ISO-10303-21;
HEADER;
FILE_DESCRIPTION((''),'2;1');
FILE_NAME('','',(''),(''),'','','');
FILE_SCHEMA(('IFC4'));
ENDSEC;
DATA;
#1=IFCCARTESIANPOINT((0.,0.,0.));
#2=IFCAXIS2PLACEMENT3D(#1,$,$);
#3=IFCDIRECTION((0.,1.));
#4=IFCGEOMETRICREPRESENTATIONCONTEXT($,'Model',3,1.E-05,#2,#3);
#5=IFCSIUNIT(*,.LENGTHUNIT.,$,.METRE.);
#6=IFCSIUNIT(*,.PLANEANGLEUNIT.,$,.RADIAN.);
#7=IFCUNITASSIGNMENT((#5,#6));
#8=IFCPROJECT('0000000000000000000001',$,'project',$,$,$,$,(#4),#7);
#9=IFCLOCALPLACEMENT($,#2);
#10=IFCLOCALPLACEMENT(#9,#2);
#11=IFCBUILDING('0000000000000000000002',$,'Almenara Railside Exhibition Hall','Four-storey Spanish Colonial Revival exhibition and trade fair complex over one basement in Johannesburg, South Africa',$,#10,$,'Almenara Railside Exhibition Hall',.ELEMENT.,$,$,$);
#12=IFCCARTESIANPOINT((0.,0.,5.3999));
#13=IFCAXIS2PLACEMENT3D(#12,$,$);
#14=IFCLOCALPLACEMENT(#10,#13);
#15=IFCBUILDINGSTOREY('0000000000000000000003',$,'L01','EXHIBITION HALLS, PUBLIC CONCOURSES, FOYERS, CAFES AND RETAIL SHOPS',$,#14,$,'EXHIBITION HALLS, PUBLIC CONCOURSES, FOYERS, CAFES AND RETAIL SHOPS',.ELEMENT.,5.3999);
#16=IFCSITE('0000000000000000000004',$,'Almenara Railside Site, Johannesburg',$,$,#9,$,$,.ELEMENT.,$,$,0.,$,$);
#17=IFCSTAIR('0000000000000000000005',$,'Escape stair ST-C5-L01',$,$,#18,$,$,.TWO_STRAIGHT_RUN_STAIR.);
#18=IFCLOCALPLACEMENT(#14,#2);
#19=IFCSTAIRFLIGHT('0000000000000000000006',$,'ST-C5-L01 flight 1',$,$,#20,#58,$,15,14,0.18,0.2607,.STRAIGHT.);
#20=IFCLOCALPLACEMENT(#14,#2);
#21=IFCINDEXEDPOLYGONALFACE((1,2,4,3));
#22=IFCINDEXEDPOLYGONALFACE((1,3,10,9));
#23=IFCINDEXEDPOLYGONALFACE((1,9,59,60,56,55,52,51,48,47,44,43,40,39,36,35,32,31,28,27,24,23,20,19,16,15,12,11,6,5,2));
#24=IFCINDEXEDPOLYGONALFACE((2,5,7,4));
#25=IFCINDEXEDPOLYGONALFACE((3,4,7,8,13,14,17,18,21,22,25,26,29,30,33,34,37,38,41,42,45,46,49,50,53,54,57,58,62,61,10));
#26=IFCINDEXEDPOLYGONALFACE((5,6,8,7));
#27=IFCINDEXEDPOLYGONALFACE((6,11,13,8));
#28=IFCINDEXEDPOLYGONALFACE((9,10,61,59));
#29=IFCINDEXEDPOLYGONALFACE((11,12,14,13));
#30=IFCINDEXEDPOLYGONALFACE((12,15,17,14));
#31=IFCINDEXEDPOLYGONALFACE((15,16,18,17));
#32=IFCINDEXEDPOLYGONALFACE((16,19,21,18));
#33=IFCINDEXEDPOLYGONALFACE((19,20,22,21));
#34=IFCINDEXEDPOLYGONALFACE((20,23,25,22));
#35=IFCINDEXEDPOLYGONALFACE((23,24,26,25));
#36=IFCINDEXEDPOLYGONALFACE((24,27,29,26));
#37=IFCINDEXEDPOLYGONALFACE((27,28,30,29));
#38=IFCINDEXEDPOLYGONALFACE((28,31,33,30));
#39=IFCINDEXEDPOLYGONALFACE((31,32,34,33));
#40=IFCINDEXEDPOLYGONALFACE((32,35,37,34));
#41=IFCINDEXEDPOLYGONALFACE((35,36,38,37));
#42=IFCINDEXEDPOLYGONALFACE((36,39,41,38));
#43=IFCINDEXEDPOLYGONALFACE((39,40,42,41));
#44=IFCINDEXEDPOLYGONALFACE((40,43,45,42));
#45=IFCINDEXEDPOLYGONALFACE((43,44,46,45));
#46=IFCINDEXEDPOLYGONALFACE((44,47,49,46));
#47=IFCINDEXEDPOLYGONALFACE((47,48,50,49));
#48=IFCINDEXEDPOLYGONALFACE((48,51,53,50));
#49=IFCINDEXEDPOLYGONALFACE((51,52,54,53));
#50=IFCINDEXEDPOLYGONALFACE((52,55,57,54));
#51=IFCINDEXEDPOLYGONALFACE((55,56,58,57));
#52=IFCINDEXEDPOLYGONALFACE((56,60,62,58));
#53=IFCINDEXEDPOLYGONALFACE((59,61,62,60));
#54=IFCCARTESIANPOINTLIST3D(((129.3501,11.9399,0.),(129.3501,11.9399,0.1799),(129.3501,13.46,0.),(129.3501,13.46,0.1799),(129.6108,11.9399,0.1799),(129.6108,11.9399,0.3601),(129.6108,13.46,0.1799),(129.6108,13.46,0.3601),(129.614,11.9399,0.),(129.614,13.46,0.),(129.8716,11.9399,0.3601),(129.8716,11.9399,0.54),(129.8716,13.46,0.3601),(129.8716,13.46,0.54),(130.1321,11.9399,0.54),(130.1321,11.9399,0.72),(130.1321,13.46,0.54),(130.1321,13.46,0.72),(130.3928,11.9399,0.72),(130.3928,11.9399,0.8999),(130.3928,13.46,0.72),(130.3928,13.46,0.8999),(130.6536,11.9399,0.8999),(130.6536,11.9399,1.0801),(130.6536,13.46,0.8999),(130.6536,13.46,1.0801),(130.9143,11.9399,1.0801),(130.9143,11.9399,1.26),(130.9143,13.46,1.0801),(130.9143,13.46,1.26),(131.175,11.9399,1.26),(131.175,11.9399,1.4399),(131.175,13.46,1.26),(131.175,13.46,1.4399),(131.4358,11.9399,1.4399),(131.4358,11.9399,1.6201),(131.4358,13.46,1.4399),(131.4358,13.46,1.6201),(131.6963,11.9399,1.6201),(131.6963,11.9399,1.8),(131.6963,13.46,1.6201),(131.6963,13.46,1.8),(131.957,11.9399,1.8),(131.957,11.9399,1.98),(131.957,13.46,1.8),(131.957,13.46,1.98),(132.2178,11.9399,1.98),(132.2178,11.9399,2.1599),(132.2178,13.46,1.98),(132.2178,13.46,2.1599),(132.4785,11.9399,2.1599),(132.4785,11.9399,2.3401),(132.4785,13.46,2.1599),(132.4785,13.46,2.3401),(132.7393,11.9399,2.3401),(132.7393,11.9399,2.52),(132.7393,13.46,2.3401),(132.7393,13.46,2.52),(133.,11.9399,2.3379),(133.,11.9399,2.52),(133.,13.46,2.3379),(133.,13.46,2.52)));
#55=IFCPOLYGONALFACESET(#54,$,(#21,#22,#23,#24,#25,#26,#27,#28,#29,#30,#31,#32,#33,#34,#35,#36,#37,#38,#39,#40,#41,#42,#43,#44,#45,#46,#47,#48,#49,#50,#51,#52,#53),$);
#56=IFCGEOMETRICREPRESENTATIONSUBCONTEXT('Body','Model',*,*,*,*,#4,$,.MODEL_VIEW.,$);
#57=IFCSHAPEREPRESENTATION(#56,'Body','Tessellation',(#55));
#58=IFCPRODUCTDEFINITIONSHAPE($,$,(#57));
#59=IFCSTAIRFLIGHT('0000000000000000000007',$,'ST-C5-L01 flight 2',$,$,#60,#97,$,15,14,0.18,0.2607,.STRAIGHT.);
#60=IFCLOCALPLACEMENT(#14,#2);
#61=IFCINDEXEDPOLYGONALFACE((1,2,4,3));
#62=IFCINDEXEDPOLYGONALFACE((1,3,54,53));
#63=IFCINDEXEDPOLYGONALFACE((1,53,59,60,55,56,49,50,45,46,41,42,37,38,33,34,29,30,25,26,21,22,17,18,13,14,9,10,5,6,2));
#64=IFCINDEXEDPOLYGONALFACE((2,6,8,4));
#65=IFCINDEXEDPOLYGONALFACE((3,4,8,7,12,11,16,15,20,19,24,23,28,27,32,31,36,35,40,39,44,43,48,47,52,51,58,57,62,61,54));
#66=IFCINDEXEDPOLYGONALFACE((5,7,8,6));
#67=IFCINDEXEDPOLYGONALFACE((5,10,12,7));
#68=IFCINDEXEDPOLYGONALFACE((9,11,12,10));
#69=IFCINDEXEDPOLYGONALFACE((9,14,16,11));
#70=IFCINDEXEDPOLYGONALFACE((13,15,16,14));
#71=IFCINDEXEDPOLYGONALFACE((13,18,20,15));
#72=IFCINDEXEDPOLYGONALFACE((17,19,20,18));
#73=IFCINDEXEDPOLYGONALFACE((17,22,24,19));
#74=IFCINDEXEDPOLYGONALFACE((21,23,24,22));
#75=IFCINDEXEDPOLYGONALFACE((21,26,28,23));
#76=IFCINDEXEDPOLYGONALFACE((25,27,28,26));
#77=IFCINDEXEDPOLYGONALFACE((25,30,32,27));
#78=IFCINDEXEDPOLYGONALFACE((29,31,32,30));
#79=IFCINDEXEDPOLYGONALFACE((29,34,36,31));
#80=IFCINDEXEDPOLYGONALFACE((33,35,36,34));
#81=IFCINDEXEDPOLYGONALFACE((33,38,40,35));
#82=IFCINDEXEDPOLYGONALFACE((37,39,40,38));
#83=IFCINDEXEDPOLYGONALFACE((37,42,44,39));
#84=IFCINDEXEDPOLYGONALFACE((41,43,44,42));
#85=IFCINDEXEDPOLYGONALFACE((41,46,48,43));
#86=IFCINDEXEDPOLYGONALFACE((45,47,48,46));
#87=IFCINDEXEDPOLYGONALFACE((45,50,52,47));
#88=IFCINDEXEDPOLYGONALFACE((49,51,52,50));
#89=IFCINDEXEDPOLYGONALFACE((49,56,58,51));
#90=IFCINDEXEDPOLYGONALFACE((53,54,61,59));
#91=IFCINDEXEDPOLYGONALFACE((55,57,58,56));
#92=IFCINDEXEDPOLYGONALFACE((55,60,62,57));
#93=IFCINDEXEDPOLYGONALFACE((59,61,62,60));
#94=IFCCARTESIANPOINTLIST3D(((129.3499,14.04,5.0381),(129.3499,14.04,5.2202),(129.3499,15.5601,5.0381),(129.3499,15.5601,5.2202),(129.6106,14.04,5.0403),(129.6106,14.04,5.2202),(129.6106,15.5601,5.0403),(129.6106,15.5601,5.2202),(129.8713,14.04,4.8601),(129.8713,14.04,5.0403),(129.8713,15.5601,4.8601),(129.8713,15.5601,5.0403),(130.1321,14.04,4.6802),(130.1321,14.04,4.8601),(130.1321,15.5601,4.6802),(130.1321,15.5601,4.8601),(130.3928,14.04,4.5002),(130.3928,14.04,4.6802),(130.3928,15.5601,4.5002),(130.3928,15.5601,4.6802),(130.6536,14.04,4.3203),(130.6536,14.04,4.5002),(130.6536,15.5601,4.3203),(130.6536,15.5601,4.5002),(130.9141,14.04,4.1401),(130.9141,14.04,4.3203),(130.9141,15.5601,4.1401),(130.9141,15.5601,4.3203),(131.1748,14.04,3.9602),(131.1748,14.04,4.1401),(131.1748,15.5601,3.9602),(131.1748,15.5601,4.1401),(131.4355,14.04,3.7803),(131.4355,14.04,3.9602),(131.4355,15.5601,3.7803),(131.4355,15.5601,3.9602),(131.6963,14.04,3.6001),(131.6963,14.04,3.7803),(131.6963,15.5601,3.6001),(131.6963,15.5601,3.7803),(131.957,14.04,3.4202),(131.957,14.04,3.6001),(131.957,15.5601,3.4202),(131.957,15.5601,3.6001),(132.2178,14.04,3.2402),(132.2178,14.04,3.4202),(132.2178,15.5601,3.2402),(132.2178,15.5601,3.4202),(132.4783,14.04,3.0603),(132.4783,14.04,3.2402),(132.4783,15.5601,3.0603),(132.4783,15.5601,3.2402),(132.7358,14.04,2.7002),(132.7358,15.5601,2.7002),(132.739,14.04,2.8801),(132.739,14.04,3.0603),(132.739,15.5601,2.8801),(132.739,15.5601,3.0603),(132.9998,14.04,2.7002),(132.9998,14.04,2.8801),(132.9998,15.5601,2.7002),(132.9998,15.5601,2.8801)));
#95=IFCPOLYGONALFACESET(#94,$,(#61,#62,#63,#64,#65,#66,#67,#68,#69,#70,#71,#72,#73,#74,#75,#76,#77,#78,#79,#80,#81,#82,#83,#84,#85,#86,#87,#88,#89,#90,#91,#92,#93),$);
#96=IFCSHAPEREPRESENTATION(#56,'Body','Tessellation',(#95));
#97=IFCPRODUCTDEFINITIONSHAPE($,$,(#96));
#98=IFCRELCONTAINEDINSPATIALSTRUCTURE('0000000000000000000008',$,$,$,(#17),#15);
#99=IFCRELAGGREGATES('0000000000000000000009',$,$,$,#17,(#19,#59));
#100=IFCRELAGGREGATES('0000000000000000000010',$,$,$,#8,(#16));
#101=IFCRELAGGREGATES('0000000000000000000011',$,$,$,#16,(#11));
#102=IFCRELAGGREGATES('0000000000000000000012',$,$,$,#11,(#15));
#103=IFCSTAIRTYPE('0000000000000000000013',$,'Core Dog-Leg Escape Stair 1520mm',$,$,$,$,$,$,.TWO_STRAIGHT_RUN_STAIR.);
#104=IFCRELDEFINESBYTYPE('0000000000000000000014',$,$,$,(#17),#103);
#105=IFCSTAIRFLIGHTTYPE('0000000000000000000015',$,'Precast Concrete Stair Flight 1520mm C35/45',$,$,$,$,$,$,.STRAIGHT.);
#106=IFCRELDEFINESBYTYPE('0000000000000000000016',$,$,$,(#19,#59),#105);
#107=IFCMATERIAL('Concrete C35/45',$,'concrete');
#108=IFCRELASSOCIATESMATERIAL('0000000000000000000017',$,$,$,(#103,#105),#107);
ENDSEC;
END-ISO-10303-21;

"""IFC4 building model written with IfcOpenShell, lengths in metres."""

from ifc_helpers import new_model, si_unit, direction, frame, origin, place, context, subcontext, project, spatial, polyline, outline, extrude, material, type_object, element, aggregate, save


model = new_model("IFC4")

# Units and contexts
model_context = context("Model", 3, precision=1e-05, world=origin(), true_north=direction((0.0, 1.0)))
body_context = subcontext(model_context, "Body", "Model", "MODEL_VIEW")
ifc_project = project(units=[si_unit("LENGTHUNIT", "METRE"), si_unit("PLANEANGLEUNIT", "RADIAN")], contexts=[model_context])

# Site, building, storey
site_placement = place(None, origin())
site = spatial("IfcSite", under=ifc_project, at=site_placement, Name="Almenara Railside Site, Johannesburg", CompositionType="ELEMENT", RefElevation=0.0)
building_placement = place(site_placement, origin())
building = spatial("IfcBuilding", under=site, at=building_placement, Name="Almenara Railside Exhibition Hall", Description="Four-storey Spanish Colonial Revival exhibition and trade fair complex over one basement in Johannesburg, South Africa", LongName="Almenara Railside Exhibition Hall", CompositionType="ELEMENT")
storey_placement = place(building_placement, frame((0.0, 0.0, 5.3999)))
storey = spatial("IfcBuildingStorey", under=building, at=storey_placement, Name="L01", Description="EXHIBITION HALLS, PUBLIC CONCOURSES, FOYERS, CAFES AND RETAIL SHOPS", LongName="EXHIBITION HALLS, PUBLIC CONCOURSES, FOYERS, CAFES AND RETAIL SHOPS", CompositionType="ELEMENT", Elevation=5.3999)

# Shared definitions
ifc_material_1 = material(Name="Concrete C35/45", Category="concrete")

# Stair, stair flights
stair_type = type_object("IfcStairType", Name="Core Dog-Leg Escape Stair 1520mm", PredefinedType="TWO_STRAIGHT_RUN_STAIR", material=ifc_material_1)
stair_placement = place(storey_placement, origin())
stair = element("IfcStair", 1, at=stair_placement, inside=storey, type_object=stair_type, Name="Escape stair ST-C5-L01", PredefinedType="TWO_STRAIGHT_RUN_STAIR")
stair_flight_type = type_object("IfcStairFlightType", Name="Precast Concrete Stair Flight 1520mm C35/45", PredefinedType="STRAIGHT", material=ifc_material_1)
stair_flight_1_placement = place(storey_placement, frame((129.3501, 12.7, 0.0), z_axis=(0.0, 0.0, 1.0), x_axis=(1.0, 0.0, 0.0)))
stair_flight_1 = element("IfcStairFlight", 2, at=stair_flight_1_placement, type_object=stair_flight_type, Name="ST-C5-L01 flight 1", NumberOfRisers=15, NumberOfTreads=14, PredefinedType="STRAIGHT", RiserHeight=0.18, TreadLength=0.2607, context=body_context, shape_type="SweptSolid", body=[
    extrude(outline(polyline([(0.0, 0.0), (0.0, 0.1799), (0.2607, 0.1799), (0.2607, 0.3601), (0.5215, 0.3601), (0.5215, 0.54), (0.782, 0.54), (0.782, 0.72), (1.0427, 0.72), (1.0427, 0.8999), (1.3035, 0.8999), (1.3035, 1.0801), (1.5642, 1.0801), (1.5642, 1.26), (1.825, 1.26), (1.825, 1.4399), (2.0857, 1.4399), (2.0857, 1.6201), (2.3462, 1.6201), (2.3462, 1.8), (2.6069, 1.8), (2.6069, 1.98), (2.8677, 1.98), (2.8677, 2.1599), (3.1284, 2.1599), (3.1284, 2.3401), (3.3892, 2.3401), (3.3892, 2.52), (3.6499, 2.52), (3.6499, 2.7), (3.6499, 2.3379), (0.2639, 0.0), (0.0, 0.0)])), frame((0.0, 0.76, 0.0), z_axis=(0.0, -1.0, 0.0), x_axis=(1.0, 0.0, 0.0)), (0.0, 0.0, 1.0), 1.52),
])
stair_flight_2_placement = place(storey_placement, frame((132.9998, 14.8, 2.7002), z_axis=(0.0, 0.0, 1.0), x_axis=(-1.0, 0.0, 0.0)))
stair_flight_2 = element("IfcStairFlight", 3, at=stair_flight_2_placement, type_object=stair_flight_type, Name="ST-C5-L01 flight 2", NumberOfRisers=15, NumberOfTreads=14, PredefinedType="STRAIGHT", RiserHeight=0.18, TreadLength=0.2607, context=body_context, shape_type="SweptSolid", body=[
    extrude(outline(polyline([(0.0, 0.0), (0.0, 0.1799), (0.2607, 0.1799), (0.2607, 0.3601), (0.5215, 0.3601), (0.5215, 0.54), (0.782, 0.54), (0.782, 0.72), (1.0427, 0.72), (1.0427, 0.8999), (1.3035, 0.8999), (1.3035, 1.0801), (1.5642, 1.0801), (1.5642, 1.26), (1.825, 1.26), (1.825, 1.4399), (2.0857, 1.4399), (2.0857, 1.6201), (2.3462, 1.6201), (2.3462, 1.8), (2.6069, 1.8), (2.6069, 1.98), (2.8677, 1.98), (2.8677, 2.1599), (3.1284, 2.1599), (3.1284, 2.3401), (3.3892, 2.3401), (3.3892, 2.52), (3.6499, 2.52), (3.6499, 2.7), (3.6499, 2.3379), (0.2639, 0.0), (0.0, 0.0)])), frame((0.0, 0.76, 0.0), z_axis=(0.0, -1.0, 0.0), x_axis=(1.0, 0.0, 0.0)), (0.0, 0.0, 1.0), 1.52),
])
aggregate(stair, [stair_flight_1, stair_flight_2])

save(model, "model.ifc")
